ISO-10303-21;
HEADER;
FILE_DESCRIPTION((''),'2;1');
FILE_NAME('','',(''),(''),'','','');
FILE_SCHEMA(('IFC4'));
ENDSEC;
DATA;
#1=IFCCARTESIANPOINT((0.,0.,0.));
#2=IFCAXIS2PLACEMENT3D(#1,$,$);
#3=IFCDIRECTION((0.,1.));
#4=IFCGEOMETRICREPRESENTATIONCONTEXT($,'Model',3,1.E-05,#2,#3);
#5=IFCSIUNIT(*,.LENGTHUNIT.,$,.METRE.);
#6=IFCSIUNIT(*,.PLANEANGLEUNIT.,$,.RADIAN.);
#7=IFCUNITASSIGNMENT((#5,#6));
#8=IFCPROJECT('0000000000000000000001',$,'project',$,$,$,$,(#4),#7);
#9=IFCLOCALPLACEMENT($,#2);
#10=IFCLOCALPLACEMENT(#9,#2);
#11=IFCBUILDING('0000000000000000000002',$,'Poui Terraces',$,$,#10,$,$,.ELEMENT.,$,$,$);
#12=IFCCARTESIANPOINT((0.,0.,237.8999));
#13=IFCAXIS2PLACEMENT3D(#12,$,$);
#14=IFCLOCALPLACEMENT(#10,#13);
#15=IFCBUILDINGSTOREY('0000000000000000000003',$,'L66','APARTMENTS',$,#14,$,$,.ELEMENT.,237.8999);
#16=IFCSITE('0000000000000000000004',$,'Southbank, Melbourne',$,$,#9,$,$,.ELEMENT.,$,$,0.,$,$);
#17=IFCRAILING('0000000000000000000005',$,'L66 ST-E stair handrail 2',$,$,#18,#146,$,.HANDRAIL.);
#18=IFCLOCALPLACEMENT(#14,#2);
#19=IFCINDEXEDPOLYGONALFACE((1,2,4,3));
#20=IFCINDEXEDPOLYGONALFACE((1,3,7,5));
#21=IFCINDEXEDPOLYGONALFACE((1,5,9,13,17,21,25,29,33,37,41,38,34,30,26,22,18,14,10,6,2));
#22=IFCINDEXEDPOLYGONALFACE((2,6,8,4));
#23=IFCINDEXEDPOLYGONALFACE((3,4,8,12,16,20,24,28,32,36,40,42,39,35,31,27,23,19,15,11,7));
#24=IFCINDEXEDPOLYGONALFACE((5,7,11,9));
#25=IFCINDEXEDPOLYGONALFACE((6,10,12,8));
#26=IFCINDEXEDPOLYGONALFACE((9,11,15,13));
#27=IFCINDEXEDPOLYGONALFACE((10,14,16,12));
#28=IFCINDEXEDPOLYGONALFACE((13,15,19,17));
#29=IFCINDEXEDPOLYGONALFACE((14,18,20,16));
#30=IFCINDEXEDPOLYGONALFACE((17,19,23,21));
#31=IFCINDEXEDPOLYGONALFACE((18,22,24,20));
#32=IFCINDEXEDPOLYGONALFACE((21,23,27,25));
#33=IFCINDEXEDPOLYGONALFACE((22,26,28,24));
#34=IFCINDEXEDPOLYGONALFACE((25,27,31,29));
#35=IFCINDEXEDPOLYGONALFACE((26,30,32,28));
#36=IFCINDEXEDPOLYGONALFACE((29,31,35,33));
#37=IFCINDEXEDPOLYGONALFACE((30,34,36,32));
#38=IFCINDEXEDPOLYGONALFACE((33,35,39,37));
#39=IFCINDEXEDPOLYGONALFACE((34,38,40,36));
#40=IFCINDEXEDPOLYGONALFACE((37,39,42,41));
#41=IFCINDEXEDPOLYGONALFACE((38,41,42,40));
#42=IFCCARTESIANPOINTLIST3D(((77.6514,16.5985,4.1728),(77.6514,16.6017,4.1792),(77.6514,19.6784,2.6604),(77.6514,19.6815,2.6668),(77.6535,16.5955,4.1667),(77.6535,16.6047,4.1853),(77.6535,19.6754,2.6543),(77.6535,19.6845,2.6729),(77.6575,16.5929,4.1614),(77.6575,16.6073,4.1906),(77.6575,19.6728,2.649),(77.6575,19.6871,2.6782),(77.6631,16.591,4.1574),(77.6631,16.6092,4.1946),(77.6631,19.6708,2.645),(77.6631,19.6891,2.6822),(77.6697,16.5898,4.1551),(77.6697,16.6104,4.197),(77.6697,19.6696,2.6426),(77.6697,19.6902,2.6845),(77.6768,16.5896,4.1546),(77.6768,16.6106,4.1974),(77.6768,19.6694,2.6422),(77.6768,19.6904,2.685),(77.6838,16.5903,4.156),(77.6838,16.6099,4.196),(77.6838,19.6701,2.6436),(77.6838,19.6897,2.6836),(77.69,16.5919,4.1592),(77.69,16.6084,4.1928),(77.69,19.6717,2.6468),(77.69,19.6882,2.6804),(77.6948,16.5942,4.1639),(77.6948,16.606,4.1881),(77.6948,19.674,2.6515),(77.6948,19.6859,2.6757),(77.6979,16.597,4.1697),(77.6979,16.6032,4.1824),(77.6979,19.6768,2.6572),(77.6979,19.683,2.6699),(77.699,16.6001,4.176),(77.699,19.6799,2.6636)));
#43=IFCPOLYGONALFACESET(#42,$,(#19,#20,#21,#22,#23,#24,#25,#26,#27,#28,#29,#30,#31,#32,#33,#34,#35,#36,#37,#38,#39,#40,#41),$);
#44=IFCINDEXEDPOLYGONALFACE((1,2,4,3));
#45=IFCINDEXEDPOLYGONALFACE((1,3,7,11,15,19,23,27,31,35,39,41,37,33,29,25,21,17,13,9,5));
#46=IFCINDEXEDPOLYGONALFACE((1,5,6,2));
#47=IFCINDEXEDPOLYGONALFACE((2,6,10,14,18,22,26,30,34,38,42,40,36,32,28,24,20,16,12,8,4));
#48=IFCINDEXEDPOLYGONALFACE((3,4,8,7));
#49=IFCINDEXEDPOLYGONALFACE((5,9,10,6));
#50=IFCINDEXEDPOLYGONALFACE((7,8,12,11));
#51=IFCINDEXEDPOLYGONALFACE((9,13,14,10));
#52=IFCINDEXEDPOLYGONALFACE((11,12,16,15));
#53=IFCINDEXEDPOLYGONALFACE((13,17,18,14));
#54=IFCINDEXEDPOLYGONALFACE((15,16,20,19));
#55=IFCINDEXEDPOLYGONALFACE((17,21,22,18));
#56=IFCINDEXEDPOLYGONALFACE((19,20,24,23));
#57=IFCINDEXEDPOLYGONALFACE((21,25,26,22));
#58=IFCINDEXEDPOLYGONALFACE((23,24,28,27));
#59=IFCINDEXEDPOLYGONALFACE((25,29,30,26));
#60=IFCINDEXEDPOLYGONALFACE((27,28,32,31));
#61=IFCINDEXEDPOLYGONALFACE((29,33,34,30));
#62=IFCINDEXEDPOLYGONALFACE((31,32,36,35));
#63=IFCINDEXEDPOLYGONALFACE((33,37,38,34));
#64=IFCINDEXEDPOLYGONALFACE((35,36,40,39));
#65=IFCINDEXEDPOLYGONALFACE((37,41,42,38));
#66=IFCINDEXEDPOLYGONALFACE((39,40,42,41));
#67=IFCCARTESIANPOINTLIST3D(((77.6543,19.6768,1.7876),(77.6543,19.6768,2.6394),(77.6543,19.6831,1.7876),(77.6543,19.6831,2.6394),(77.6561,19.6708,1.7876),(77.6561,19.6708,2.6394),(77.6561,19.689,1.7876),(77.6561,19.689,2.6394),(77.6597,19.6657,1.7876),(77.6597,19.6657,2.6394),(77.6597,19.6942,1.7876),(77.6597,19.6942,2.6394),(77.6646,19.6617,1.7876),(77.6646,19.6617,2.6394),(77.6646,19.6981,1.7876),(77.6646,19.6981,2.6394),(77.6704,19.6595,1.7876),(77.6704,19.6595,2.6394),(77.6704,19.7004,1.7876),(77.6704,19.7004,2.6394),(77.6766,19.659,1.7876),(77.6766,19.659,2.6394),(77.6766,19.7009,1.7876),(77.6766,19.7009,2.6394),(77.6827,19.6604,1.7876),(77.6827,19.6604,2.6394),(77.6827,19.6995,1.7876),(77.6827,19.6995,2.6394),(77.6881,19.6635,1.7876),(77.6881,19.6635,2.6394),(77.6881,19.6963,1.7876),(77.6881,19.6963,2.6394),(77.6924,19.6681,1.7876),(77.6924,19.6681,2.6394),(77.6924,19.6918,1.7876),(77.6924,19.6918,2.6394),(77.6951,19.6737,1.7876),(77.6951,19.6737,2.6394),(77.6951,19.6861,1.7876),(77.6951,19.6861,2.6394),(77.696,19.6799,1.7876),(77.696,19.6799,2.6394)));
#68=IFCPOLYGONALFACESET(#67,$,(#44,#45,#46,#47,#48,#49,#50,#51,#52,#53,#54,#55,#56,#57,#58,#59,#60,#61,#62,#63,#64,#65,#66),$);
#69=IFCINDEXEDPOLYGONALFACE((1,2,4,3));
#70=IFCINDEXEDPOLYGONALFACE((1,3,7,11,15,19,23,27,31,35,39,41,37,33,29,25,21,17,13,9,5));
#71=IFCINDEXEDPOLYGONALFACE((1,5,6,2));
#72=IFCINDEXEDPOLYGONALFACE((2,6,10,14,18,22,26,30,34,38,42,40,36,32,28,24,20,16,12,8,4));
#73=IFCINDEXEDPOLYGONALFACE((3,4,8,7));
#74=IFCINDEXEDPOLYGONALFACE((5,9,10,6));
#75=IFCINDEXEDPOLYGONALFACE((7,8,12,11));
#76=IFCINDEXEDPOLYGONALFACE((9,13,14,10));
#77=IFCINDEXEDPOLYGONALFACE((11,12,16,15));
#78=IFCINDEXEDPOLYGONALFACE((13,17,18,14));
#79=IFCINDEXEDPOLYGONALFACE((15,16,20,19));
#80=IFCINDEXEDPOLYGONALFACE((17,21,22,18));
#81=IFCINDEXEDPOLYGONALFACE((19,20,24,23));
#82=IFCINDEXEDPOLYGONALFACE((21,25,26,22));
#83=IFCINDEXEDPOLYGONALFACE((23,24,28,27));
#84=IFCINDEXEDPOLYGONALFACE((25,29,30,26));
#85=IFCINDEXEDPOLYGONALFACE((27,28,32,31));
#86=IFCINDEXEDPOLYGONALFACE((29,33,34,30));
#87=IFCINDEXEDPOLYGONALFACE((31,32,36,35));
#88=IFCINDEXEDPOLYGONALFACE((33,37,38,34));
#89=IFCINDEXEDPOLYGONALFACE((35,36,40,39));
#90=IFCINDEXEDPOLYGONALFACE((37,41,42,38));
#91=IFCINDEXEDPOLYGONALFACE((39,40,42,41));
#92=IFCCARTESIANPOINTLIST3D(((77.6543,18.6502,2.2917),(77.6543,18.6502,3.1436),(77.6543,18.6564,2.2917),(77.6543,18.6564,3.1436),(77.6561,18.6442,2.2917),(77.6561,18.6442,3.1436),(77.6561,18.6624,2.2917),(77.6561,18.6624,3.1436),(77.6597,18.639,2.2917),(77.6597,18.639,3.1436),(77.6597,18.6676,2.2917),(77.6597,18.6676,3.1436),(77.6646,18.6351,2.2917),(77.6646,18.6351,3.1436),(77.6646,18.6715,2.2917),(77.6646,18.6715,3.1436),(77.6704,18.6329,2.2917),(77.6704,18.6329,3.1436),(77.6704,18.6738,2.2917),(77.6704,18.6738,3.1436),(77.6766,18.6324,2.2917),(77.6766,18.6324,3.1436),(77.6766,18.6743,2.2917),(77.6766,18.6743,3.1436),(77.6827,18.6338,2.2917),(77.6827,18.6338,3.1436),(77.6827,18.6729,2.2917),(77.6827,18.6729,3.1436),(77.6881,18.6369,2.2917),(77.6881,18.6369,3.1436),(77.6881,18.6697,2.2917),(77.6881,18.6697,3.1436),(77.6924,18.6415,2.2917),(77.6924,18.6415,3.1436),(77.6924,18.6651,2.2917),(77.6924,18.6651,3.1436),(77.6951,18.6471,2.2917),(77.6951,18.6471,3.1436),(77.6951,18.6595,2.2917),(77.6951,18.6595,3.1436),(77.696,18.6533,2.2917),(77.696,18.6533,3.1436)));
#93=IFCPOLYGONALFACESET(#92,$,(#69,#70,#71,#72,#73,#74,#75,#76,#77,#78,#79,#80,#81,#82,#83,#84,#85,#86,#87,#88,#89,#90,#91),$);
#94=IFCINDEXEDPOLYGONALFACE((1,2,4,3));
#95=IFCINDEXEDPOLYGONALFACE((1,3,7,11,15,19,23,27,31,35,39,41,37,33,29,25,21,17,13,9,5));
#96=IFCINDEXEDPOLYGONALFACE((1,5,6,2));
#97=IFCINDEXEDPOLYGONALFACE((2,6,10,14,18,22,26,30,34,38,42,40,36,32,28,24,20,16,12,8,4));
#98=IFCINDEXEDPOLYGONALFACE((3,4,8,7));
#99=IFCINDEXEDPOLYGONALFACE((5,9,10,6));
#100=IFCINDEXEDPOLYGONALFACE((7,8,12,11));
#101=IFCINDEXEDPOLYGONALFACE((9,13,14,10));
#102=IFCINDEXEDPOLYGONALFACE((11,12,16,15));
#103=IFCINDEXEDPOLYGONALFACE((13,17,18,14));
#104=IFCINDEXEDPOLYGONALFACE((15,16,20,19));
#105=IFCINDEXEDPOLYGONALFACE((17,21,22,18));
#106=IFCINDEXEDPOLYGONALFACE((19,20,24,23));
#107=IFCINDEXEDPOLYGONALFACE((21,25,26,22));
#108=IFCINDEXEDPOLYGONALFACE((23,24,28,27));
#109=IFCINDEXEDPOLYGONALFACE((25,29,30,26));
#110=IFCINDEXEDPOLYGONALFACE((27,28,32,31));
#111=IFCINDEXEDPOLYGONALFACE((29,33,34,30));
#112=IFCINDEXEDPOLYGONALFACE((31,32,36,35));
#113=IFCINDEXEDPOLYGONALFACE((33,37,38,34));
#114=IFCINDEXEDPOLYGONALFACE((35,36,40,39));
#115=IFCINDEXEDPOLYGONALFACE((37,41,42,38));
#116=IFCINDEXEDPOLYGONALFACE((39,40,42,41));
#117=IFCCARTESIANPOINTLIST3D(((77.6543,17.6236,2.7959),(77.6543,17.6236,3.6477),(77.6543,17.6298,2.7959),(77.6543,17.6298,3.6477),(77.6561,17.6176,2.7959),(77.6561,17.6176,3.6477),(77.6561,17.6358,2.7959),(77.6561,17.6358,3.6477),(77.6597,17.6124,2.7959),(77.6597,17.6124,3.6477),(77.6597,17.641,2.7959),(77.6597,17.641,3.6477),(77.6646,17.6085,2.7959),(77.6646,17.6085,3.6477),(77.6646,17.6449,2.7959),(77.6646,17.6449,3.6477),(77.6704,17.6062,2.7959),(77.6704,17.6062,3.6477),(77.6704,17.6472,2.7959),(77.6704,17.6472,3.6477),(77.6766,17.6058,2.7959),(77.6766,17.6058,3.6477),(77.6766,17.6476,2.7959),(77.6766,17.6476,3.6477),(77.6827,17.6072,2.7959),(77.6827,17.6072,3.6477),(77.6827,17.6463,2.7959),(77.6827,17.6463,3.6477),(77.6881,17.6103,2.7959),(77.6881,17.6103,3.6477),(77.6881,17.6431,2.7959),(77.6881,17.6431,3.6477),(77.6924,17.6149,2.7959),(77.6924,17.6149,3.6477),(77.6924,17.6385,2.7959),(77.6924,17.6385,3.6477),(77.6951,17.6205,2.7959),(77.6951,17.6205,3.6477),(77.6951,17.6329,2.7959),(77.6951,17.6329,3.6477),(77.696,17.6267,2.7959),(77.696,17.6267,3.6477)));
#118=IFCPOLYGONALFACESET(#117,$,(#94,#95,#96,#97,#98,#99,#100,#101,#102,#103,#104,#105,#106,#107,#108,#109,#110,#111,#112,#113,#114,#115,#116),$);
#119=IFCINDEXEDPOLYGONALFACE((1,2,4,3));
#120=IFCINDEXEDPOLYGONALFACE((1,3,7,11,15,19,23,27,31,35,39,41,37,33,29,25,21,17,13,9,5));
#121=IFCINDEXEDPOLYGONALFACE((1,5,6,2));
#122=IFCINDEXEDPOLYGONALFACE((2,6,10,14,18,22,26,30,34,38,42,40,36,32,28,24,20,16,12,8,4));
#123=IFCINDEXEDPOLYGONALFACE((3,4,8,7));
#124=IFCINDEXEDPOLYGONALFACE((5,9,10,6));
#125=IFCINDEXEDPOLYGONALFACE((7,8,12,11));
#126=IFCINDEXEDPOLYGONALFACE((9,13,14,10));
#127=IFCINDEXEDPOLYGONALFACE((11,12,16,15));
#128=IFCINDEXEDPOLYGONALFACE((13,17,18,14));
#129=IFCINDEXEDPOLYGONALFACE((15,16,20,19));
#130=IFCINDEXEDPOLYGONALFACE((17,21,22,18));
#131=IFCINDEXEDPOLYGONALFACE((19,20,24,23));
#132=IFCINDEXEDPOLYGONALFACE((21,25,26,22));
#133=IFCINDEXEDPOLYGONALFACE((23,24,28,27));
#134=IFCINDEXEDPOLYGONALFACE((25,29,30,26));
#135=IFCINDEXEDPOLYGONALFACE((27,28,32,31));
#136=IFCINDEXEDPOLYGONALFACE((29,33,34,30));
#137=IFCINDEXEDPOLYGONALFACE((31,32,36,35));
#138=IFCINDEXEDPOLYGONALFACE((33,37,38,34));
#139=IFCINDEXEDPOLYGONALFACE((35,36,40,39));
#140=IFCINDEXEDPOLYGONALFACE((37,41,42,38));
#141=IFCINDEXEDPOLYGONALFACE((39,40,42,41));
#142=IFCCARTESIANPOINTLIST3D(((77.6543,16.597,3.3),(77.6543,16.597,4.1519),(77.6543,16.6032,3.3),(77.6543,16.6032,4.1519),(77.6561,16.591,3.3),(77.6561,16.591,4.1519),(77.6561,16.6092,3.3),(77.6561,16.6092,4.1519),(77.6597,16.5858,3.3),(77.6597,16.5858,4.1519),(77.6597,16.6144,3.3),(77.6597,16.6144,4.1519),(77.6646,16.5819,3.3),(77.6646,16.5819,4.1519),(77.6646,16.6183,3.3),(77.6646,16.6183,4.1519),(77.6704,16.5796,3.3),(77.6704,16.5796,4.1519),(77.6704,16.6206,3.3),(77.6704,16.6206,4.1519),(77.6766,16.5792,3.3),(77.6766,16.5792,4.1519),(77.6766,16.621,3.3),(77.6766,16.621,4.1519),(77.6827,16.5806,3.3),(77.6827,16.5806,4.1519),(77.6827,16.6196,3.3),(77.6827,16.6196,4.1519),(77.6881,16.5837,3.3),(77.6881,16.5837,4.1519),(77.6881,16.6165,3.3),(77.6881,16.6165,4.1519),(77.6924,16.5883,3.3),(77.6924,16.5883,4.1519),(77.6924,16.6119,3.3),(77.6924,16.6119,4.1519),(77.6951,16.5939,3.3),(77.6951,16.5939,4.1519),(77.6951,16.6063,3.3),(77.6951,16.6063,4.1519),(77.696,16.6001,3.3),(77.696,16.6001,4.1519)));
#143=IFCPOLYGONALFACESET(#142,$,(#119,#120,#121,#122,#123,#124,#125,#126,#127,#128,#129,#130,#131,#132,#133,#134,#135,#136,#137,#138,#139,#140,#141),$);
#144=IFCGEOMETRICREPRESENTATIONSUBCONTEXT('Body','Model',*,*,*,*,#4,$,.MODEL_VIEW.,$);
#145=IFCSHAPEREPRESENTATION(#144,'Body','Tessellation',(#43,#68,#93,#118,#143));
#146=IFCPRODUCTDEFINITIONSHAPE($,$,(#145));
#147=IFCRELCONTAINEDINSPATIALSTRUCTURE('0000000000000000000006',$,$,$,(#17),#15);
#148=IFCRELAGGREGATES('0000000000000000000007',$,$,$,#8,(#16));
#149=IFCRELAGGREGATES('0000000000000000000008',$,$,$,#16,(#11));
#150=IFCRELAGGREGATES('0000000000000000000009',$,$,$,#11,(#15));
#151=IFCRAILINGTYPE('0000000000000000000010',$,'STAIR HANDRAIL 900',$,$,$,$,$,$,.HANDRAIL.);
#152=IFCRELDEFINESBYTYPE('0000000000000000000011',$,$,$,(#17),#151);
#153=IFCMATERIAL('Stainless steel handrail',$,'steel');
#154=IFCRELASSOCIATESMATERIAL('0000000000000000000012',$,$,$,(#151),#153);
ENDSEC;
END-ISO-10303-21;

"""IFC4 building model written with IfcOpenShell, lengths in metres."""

from ifc_helpers import new_model, si_unit, direction, frame, origin, origin_2d, place, context, subcontext, project, spatial, circle, extrude, material, type_object, element, save


model = new_model("IFC4")

# Units and contexts
model_context = context("Model", 3, precision=1e-05, world=origin(), true_north=direction((0.0, 1.0)))
body_context = subcontext(model_context, "Body", "Model", "MODEL_VIEW")
ifc_project = project(units=[si_unit("LENGTHUNIT", "METRE"), si_unit("PLANEANGLEUNIT", "RADIAN")], contexts=[model_context])

# Site, building, storey
site_placement = place(None, origin())
site = spatial("IfcSite", under=ifc_project, at=site_placement, Name="Southbank, Melbourne", CompositionType="ELEMENT", RefElevation=0.0)
building_placement = place(site_placement, origin())
building = spatial("IfcBuilding", under=site, at=building_placement, Name="Poui Terraces", CompositionType="ELEMENT")
storey_placement = place(building_placement, frame((0.0, 0.0, 237.8999)))
storey = spatial("IfcBuildingStorey", under=building, at=storey_placement, Name="L66", Description="APARTMENTS", CompositionType="ELEMENT", Elevation=237.8999)

# Railing
ifc_material_1 = material(Name="Stainless steel handrail", Category="steel")
railing_type_1 = type_object("IfcRailingType", Name="STAIR HANDRAIL 900", PredefinedType="HANDRAIL", material=ifc_material_1)
railing_1_placement = place(storey_placement, frame((77.675, 19.6799, 1.7876)))
element("IfcRailing", 1, at=railing_1_placement, inside=storey, type_object=railing_type_1, Name="L66 ST-E stair handrail 2", PredefinedType="HANDRAIL", context=body_context, shape_type="SweptSolid", body=[
    extrude(circle(Radius=0.0239, at=origin_2d()), frame((0.0, 0.0, 0.876), z_axis=(0.0, -0.897606, 0.440798), x_axis=(1.0, 0.0, 0.0)), (0.0, 0.0, 1.0), 3.4312),
    extrude(circle(Radius=0.021, at=origin_2d()), origin(), (0.0, 0.0, 1.0), 0.8518),
    extrude(circle(Radius=0.021, at=origin_2d()), frame((0.0, -1.0266, 0.5042)), (0.0, 0.0, 1.0), 0.8518),
    extrude(circle(Radius=0.021, at=origin_2d()), frame((0.0, -2.0532, 1.0083)), (0.0, 0.0, 1.0), 0.8518),
    extrude(circle(Radius=0.021, at=origin_2d()), frame((0.0, -3.0798, 1.5125)), (0.0, 0.0, 1.0), 0.8518),
])

save(model, "model.ifc")
